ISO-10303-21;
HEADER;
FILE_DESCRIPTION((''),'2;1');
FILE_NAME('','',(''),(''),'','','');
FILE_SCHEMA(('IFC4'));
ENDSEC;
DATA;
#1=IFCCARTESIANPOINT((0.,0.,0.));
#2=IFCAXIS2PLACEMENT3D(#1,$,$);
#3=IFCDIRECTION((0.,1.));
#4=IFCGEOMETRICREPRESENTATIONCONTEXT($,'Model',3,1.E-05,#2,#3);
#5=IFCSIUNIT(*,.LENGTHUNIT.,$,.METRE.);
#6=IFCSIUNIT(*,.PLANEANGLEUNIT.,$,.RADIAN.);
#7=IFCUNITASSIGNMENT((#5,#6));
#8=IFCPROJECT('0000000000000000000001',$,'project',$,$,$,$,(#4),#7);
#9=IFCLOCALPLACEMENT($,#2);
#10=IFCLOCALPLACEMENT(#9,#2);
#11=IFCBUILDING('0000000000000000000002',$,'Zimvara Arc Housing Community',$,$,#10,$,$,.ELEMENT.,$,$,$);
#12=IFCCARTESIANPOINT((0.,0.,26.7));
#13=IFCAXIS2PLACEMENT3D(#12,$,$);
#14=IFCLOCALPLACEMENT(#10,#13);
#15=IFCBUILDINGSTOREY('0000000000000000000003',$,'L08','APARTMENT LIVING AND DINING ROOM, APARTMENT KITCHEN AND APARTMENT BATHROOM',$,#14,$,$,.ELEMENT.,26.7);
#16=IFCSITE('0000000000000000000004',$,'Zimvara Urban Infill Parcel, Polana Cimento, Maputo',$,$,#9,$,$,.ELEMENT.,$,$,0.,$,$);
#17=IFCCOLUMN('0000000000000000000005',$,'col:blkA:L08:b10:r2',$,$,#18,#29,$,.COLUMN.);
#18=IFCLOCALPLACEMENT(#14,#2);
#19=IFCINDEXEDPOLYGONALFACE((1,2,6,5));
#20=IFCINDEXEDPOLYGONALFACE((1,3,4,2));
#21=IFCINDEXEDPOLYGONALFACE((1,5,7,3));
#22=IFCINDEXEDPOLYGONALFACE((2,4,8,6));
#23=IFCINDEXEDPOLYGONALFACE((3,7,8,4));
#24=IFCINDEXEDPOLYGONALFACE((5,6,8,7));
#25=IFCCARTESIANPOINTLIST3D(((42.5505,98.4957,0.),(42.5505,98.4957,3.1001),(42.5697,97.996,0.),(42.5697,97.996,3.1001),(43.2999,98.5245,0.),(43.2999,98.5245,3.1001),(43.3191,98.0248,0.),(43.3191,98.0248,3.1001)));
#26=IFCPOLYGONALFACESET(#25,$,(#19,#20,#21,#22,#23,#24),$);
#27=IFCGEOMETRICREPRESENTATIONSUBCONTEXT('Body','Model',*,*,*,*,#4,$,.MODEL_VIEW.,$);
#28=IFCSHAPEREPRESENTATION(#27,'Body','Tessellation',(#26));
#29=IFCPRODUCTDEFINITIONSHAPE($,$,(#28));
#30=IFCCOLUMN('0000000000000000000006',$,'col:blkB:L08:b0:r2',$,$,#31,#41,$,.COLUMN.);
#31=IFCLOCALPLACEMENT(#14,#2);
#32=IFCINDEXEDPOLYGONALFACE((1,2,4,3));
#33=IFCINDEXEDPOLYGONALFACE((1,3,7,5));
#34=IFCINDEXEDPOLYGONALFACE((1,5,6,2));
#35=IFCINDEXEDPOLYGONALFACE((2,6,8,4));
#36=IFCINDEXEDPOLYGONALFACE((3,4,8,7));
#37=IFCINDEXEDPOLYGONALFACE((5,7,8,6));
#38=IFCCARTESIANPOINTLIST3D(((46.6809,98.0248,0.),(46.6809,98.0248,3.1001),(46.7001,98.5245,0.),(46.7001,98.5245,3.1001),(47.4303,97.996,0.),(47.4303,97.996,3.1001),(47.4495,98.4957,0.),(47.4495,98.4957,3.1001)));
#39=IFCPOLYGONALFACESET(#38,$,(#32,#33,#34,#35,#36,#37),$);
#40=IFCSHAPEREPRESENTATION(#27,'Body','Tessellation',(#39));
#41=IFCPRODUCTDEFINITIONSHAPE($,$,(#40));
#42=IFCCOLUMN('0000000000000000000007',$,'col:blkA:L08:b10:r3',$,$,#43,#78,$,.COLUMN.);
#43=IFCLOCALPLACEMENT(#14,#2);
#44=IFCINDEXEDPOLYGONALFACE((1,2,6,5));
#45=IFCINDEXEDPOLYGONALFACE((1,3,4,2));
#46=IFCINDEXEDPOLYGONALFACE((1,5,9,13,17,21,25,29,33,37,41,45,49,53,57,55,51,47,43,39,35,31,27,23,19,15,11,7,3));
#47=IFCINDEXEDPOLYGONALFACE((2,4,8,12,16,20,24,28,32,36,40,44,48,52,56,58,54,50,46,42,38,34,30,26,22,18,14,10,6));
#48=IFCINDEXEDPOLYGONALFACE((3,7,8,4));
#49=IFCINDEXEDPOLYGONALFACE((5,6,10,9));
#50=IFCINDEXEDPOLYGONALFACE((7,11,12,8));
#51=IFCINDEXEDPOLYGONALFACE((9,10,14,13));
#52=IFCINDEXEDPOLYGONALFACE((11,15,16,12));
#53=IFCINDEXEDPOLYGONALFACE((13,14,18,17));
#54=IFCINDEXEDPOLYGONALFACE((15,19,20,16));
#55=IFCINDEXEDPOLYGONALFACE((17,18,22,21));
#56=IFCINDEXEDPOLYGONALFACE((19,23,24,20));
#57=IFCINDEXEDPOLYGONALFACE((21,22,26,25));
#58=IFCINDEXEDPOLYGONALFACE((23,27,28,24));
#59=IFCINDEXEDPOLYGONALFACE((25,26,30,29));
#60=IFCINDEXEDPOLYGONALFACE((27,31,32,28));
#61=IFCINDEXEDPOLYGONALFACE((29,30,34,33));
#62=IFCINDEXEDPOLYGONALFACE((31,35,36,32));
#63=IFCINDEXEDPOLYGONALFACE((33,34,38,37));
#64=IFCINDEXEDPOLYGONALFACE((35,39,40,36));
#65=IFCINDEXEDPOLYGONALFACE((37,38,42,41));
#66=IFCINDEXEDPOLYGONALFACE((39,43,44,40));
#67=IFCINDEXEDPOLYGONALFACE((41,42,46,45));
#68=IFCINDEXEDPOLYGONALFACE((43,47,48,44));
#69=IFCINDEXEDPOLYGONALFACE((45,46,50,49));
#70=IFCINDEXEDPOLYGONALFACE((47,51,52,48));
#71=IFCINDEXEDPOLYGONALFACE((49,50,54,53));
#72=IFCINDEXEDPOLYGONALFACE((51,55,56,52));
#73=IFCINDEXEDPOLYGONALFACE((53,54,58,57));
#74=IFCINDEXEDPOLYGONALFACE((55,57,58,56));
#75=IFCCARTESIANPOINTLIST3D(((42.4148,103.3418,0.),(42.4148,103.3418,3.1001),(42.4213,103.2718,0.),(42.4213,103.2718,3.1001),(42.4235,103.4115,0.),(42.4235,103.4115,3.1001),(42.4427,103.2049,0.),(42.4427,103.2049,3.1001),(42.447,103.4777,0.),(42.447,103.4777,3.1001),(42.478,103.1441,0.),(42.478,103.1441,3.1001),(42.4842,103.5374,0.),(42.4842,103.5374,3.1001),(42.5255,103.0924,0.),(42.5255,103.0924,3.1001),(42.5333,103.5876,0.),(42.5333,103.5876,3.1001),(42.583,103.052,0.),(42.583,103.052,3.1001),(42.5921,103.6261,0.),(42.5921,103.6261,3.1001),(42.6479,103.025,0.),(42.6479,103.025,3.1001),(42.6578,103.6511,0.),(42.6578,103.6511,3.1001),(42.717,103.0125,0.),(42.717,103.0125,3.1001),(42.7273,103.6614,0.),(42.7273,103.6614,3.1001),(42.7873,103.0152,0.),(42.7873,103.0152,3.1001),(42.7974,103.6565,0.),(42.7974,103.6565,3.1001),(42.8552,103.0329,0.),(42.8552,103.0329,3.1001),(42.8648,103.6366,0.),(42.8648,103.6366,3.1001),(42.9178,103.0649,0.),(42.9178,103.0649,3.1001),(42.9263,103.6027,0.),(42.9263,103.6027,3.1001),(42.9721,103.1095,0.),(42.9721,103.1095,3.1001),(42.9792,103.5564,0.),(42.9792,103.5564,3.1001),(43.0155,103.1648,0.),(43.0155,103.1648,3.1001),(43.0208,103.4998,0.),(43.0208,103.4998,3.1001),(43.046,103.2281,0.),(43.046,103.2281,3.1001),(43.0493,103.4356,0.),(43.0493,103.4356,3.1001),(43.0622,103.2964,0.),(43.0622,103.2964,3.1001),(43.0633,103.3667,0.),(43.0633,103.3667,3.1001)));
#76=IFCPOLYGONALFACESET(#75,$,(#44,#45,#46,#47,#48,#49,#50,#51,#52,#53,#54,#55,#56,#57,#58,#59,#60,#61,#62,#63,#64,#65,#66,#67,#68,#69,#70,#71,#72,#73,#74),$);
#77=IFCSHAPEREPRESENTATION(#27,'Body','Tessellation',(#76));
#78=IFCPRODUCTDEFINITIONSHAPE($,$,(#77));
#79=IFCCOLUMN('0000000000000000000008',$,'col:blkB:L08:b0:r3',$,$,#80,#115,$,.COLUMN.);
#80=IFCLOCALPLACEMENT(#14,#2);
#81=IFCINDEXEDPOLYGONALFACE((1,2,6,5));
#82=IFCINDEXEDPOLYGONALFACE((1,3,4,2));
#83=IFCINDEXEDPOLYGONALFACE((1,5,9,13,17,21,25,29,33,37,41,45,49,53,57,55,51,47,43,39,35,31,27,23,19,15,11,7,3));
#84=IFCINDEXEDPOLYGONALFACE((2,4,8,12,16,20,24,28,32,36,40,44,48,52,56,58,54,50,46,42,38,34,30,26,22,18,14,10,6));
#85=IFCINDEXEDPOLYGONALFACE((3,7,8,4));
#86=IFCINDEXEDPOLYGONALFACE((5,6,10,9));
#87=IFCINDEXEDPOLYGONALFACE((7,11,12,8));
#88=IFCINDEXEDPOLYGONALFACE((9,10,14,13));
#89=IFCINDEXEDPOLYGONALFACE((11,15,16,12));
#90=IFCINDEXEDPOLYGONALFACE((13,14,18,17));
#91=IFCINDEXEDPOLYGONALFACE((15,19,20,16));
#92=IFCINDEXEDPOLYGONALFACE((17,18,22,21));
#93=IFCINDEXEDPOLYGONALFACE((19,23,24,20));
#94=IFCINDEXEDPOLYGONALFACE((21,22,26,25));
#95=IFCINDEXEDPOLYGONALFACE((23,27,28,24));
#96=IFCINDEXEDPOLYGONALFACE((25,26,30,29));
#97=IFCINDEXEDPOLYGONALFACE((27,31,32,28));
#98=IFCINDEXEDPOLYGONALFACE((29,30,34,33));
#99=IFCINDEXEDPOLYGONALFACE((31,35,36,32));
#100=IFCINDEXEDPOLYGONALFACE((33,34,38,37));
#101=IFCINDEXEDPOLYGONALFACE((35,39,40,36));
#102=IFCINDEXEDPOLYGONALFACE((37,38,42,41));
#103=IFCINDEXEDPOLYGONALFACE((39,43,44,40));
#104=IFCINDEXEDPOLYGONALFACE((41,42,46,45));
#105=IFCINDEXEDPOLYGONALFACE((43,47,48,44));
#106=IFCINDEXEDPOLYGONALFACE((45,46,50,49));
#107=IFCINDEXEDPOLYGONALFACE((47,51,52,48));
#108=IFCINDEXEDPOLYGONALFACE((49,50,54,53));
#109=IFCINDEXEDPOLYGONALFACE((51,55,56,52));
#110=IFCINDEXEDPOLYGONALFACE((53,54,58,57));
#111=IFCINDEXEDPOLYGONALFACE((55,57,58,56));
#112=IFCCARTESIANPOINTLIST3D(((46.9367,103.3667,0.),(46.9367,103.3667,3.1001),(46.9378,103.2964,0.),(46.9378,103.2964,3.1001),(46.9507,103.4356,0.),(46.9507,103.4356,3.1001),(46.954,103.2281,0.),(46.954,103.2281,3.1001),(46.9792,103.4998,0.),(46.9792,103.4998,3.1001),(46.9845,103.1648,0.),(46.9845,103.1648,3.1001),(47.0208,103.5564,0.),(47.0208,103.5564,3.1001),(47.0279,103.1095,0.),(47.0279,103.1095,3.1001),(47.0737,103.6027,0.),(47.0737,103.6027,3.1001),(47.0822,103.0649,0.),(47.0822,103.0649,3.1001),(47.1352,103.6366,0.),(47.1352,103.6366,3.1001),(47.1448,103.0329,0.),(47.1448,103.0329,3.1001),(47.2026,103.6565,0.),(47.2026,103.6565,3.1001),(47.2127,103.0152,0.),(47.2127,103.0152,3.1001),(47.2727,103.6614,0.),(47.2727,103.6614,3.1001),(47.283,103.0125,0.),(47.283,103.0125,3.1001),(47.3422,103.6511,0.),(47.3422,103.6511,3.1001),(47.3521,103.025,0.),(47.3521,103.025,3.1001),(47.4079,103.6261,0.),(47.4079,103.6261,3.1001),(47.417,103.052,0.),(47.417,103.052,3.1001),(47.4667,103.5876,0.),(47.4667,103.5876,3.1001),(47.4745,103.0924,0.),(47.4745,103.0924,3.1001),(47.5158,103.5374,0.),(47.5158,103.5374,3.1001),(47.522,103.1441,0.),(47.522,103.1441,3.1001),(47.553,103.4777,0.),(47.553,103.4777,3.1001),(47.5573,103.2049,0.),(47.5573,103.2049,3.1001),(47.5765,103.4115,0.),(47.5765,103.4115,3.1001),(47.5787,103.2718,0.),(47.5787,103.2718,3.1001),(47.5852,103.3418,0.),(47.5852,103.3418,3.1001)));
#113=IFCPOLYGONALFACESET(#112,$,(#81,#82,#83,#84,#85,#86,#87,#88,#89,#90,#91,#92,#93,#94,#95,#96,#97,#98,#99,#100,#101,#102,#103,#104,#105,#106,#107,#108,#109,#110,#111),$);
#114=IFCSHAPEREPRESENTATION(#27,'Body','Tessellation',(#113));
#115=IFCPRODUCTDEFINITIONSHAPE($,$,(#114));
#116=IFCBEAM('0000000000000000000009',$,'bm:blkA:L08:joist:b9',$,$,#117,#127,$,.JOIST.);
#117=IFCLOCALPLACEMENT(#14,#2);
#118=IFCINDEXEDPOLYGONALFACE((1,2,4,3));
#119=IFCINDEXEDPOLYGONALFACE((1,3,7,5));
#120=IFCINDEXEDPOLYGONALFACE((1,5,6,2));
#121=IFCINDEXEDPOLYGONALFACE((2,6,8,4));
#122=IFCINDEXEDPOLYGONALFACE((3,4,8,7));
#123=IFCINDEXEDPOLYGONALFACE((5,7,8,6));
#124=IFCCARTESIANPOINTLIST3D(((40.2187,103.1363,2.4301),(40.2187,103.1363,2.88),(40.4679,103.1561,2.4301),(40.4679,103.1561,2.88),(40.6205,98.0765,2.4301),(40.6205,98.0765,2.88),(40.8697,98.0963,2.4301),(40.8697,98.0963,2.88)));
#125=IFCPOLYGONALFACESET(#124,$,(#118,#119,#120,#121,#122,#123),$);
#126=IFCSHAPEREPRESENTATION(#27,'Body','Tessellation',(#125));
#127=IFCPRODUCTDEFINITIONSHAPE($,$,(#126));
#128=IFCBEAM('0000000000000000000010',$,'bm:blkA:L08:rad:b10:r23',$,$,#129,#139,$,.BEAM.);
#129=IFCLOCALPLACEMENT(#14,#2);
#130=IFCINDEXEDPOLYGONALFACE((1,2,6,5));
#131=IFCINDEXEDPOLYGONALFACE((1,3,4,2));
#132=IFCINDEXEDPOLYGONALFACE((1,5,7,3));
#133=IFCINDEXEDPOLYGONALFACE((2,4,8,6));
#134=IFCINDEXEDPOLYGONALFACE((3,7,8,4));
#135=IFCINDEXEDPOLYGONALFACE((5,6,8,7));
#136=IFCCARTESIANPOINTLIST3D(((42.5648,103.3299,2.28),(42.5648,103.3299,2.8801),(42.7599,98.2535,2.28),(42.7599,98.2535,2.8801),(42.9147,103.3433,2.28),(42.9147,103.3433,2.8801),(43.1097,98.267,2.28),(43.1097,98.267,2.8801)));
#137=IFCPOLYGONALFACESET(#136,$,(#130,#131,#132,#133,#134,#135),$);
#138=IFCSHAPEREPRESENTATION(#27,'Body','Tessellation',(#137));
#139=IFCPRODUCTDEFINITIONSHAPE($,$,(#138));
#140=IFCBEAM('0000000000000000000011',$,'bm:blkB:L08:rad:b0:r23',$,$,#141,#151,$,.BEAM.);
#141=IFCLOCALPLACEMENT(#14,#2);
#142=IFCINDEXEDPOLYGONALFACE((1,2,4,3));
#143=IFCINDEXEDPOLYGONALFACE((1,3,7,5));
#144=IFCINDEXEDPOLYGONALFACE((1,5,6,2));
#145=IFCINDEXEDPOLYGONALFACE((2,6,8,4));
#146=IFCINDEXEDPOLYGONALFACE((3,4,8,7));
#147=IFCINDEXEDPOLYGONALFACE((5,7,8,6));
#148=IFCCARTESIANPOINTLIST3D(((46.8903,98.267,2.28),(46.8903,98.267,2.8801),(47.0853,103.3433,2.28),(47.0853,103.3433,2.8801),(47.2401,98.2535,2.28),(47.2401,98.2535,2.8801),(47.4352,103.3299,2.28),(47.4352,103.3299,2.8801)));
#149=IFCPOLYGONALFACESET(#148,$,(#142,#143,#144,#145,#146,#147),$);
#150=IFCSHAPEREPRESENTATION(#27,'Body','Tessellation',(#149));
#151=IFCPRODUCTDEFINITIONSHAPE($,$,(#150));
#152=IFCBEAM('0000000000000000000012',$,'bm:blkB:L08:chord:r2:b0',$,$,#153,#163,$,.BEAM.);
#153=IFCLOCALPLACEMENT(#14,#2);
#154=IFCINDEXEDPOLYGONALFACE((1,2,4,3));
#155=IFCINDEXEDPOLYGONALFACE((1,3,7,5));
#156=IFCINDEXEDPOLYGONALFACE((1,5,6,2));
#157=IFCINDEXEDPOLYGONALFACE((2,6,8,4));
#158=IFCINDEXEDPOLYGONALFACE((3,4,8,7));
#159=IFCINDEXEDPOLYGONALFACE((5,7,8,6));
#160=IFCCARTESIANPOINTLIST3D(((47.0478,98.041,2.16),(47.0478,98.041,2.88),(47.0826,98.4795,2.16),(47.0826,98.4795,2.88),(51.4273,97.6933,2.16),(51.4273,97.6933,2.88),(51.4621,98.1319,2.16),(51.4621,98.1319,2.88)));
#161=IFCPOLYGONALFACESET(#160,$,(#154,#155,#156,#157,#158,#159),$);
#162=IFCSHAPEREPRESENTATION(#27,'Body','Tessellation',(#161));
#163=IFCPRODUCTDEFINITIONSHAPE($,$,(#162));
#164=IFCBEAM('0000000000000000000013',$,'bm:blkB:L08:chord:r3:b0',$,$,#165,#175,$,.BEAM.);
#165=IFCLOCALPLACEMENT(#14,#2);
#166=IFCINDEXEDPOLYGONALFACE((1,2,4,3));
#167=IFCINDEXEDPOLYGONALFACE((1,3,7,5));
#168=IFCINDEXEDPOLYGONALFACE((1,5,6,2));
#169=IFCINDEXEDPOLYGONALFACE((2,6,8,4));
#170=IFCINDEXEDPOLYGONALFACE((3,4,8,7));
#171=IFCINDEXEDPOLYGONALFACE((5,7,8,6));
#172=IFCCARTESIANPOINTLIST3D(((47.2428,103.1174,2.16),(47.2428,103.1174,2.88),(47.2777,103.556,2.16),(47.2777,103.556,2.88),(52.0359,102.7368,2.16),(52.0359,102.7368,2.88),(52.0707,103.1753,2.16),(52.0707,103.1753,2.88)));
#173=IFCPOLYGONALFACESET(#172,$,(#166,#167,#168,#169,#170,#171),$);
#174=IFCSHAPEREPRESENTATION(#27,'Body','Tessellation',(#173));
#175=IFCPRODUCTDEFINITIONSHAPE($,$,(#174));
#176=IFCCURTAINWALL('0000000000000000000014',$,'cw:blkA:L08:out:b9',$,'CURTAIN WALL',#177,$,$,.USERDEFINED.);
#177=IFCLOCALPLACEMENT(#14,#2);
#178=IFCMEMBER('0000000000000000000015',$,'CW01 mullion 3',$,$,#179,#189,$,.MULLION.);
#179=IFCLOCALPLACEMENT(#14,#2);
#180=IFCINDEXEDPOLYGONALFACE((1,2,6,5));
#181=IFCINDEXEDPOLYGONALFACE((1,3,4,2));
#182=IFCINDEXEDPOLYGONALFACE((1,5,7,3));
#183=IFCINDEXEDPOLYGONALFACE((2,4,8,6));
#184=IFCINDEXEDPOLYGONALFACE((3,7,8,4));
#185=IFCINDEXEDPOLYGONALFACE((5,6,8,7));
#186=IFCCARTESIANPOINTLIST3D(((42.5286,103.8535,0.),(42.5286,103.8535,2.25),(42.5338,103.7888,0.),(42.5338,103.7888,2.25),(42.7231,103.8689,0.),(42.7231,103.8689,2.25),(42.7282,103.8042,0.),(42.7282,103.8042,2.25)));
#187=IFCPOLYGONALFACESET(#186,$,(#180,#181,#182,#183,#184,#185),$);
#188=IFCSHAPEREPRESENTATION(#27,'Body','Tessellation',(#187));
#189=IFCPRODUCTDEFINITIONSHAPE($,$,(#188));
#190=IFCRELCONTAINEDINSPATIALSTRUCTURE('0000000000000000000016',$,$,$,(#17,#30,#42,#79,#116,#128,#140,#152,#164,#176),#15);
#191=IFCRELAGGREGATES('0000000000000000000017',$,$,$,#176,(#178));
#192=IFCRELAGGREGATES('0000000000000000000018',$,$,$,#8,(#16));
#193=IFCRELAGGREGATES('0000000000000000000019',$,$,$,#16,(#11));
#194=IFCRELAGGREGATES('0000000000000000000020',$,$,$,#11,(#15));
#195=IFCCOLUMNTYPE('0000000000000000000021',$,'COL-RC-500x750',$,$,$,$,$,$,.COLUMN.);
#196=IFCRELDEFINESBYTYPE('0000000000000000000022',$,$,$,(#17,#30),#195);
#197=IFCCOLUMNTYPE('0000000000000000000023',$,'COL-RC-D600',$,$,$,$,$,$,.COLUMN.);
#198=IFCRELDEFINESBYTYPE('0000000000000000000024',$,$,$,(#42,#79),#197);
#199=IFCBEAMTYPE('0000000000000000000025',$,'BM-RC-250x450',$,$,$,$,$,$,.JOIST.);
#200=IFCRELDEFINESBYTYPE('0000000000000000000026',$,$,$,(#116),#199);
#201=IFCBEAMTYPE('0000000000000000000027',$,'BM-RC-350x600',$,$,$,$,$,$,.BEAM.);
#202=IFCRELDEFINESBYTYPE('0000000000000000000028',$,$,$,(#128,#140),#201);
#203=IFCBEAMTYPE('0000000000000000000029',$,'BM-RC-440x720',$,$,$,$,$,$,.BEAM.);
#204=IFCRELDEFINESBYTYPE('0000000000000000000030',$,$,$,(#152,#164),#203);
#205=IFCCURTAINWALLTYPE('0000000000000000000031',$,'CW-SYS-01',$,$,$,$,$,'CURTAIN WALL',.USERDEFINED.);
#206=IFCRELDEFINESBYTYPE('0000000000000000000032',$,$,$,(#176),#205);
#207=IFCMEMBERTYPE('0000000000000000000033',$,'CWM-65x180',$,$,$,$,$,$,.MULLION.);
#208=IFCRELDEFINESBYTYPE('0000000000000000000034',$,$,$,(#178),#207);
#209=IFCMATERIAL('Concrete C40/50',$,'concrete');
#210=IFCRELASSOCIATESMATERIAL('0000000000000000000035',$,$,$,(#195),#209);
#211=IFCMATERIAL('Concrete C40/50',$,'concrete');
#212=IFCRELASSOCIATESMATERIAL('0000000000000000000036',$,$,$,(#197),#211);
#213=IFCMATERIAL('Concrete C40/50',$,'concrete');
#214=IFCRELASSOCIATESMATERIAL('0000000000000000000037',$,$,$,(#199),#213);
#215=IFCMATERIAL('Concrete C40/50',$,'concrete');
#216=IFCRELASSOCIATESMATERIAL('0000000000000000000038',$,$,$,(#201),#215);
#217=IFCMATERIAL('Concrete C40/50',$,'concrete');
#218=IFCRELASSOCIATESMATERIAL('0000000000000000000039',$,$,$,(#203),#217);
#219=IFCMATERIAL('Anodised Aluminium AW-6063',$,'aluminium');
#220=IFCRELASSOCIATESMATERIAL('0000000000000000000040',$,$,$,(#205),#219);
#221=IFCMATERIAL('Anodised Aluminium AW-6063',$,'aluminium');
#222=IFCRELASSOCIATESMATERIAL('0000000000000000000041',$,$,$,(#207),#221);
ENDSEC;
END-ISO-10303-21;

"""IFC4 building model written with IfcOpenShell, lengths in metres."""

from ifc_helpers import new_model, si_unit, direction, frame, origin, origin_2d, place, context, subcontext, project, spatial, rectangle, circle, extrude, material, material_profile, profile_set, type_object, element, aggregate, save


model = new_model("IFC4")

# Units and contexts
model_context = context("Model", 3, precision=1e-05, world=origin(), true_north=direction((0.0, 1.0)))
body_context = subcontext(model_context, "Body", "Model", "MODEL_VIEW")
ifc_project = project(units=[si_unit("LENGTHUNIT", "METRE"), si_unit("PLANEANGLEUNIT", "RADIAN")], contexts=[model_context])

# Site, building, storey
site_placement = place(None, origin())
site = spatial("IfcSite", under=ifc_project, at=site_placement, Name="Zimvara Urban Infill Parcel, Polana Cimento, Maputo", CompositionType="ELEMENT", RefElevation=0.0)
building_placement = place(site_placement, origin())
building = spatial("IfcBuilding", under=site, at=building_placement, Name="Zimvara Arc Housing Community", CompositionType="ELEMENT")
storey_placement = place(building_placement, frame((0.0, 0.0, 26.7)))
storey = spatial("IfcBuildingStorey", under=building, at=storey_placement, Name="L08", Description="APARTMENT LIVING AND DINING ROOM, APARTMENT KITCHEN AND APARTMENT BATHROOM", CompositionType="ELEMENT", Elevation=26.7)

# Columns
ifc_material_1 = material(Name="Concrete C40/50", Category="concrete")
ifc_material_profile_1 = material_profile(ifc_material_1, rectangle(XDim=0.5, YDim=0.75, at=origin_2d()), Name="RC 500x750")
ifc_profile_set_1 = profile_set([ifc_material_profile_1], Name="Concrete C40/50")
column_type_1 = type_object("IfcColumnType", Name="COL-RC-500x750", PredefinedType="COLUMN", material=ifc_profile_set_1)
for number, where, z_axis, x_axis, name in (
    (1, (42.9348, 98.2603, 0.0), (0.0, 0.0, 1.0), (-0.038388, 0.999263, 0.0), "col:blkA:L08:b10:r2"),
    (2, (47.0652, 98.2603, 0.0), (0.0, 0.0, 1.0), (0.038388, 0.999263, 0.0), "col:blkB:L08:b0:r2"),
):
    element("IfcColumn", number, at=place(storey_placement, frame(where, z_axis=z_axis, x_axis=x_axis)), inside=storey, type_object=column_type_1, Name=name, PredefinedType="COLUMN", context=body_context, shape_type="SweptSolid", body=[
        extrude(rectangle(XDim=0.5, YDim=0.75, at=origin_2d()), origin(), (0.0, 0.0, 1.0), 3.1001),
    ])
ifc_material_2 = material(Name="Concrete C40/50", Category="concrete")
ifc_material_profile_2 = material_profile(ifc_material_2, circle(Radius=0.325, at=origin_2d()), Name="RC D650")
ifc_profile_set_2 = profile_set([ifc_material_profile_2], Name="Concrete C40/50")
column_type_2 = type_object("IfcColumnType", Name="COL-RC-D600", PredefinedType="COLUMN", material=ifc_profile_set_2)
for number, where, z_axis, x_axis, name in (
    (3, (42.7397, 103.3367, 0.0), (0.0, 0.0, 1.0), (-0.038388, 0.999263, 0.0), "col:blkA:L08:b10:r3"),
    (4, (47.2603, 103.3367, 0.0), (0.0, 0.0, 1.0), (0.038388, 0.999263, 0.0), "col:blkB:L08:b0:r3"),
):
    element("IfcColumn", number, at=place(storey_placement, frame(where, z_axis=z_axis, x_axis=x_axis)), inside=storey, type_object=column_type_2, Name=name, PredefinedType="COLUMN", context=body_context, shape_type="SweptSolid", body=[
        extrude(circle(Radius=0.325, at=origin_2d()), origin(), (0.0, 0.0, 1.0), 3.1001),
    ])

# Beams
ifc_material_3 = material(Name="Concrete C40/50", Category="concrete")
ifc_material_profile_3 = material_profile(ifc_material_3, rectangle(XDim=0.25, YDim=0.45, at=origin_2d()), Name="RC 250x450")
ifc_profile_set_3 = profile_set([ifc_material_profile_3], Name="Concrete C40/50")
beam_type_1 = type_object("IfcBeamType", Name="BM-RC-250x450", PredefinedType="JOIST", material=ifc_profile_set_3)
beam_1_placement = place(storey_placement, frame((40.7451, 98.0864, 2.655), z_axis=(-0.079172, 0.996861, 0.0), x_axis=(-0.996861, -0.079172, 0.0)))
element("IfcBeam", 5, at=beam_1_placement, inside=storey, type_object=beam_type_1, Name="bm:blkA:L08:joist:b9", PredefinedType="JOIST", context=body_context, shape_type="SweptSolid", body=[
    extrude(rectangle(XDim=0.25, YDim=0.45, at=origin_2d()), origin(), (0.0, 0.0, 1.0), 5.0757),
])
ifc_material_4 = material(Name="Concrete C40/50", Category="concrete")
ifc_material_profile_4 = material_profile(ifc_material_4, rectangle(XDim=0.3501, YDim=0.6001, at=origin_2d()), Name="RC 350x600")
ifc_profile_set_4 = profile_set([ifc_material_profile_4], Name="Concrete C40/50")
beam_type_2 = type_object("IfcBeamType", Name="BM-RC-350x600", PredefinedType="BEAM", material=ifc_profile_set_4)
for number, where, z_axis, x_axis, name in (
    (6, (42.9348, 98.2603, 2.5801), (-0.038398, 0.999263, 0.0), (-0.999263, -0.038398, 0.0), "bm:blkA:L08:rad:b10:r23"),
    (7, (47.0652, 98.2603, 2.5801), (0.038398, 0.999263, 0.0), (-0.999263, 0.038398, 0.0), "bm:blkB:L08:rad:b0:r23"),
):
    element("IfcBeam", number, at=place(storey_placement, frame(where, z_axis=z_axis, x_axis=x_axis)), inside=storey, type_object=beam_type_2, Name=name, PredefinedType="BEAM", context=body_context, shape_type="SweptSolid", body=[
        extrude(rectangle(XDim=0.3501, YDim=0.6001, at=origin_2d()), origin(), (0.0, 0.0, 1.0), 5.0801),
    ])
ifc_material_5 = material(Name="Concrete C40/50", Category="concrete")
ifc_material_profile_5 = material_profile(ifc_material_5, rectangle(XDim=0.4399, YDim=0.72, at=origin_2d()), Name="RC 440x720")
ifc_profile_set_5 = profile_set([ifc_material_profile_5], Name="Concrete C40/50")
beam_type_3 = type_object("IfcBeamType", Name="BM-RC-440x720", PredefinedType="BEAM", material=ifc_profile_set_5)
beam_2_placement = place(storey_placement, frame((47.0652, 98.2603, 2.52), z_axis=(0.996864, -0.079131, 0.0), x_axis=(0.079131, 0.996864, 0.0)))
element("IfcBeam", 8, at=beam_2_placement, inside=storey, type_object=beam_type_3, Name="bm:blkB:L08:chord:r2:b0", PredefinedType="BEAM", context=body_context, shape_type="SweptSolid", body=[
    extrude(rectangle(XDim=0.4399, YDim=0.72, at=origin_2d()), origin(), (0.0, 0.0, 1.0), 4.3933),
])
beam_3_placement = place(storey_placement, frame((47.2603, 103.3367, 2.52), z_axis=(0.996862, -0.079162, 0.0), x_axis=(0.079162, 0.996862, 0.0)))
element("IfcBeam", 9, at=beam_3_placement, inside=storey, type_object=beam_type_3, Name="bm:blkB:L08:chord:r3:b0", PredefinedType="BEAM", context=body_context, shape_type="SweptSolid", body=[
    extrude(rectangle(XDim=0.4399, YDim=0.72, at=origin_2d()), origin(), (0.0, 0.0, 1.0), 4.8081),
])

# Curtain wall, member
ifc_material_6 = material(Name="Anodised Aluminium AW-6063", Category="aluminium")
curtain_wall_type_1 = type_object("IfcCurtainWallType", Name="CW-SYS-01", ElementType="CURTAIN WALL", PredefinedType="USERDEFINED", material=ifc_material_6)
curtain_wall_1_placement = place(storey_placement, origin())
curtain_wall_1 = element("IfcCurtainWall", 10, at=curtain_wall_1_placement, inside=storey, type_object=curtain_wall_type_1, Name="cw:blkA:L08:out:b9", ObjectType="CURTAIN WALL", PredefinedType="USERDEFINED")
ifc_material_7 = material(Name="Anodised Aluminium AW-6063", Category="aluminium")
ifc_material_profile_6 = material_profile(ifc_material_7, rectangle(XDim=0.0649, YDim=0.1951, at=origin_2d()), Name="ALU 65x195")
ifc_profile_set_6 = profile_set([ifc_material_profile_6], Name="Anodised Aluminium AW-6063")
member_type_1 = type_object("IfcMemberType", Name="CWM-65x180", PredefinedType="MULLION", material=ifc_profile_set_6)
member_1_placement = place(storey_placement, frame((42.6284, 103.8289, 0.0), z_axis=(0.0, 0.0, 1.0), x_axis=(-0.079154, 0.996862, 0.0)))
member_1 = element("IfcMember", 11, at=member_1_placement, type_object=member_type_1, Name="CW01 mullion 3", PredefinedType="MULLION", context=body_context, shape_type="SweptSolid", body=[
    extrude(rectangle(XDim=0.0649, YDim=0.1951, at=origin_2d()), origin(), (0.0, 0.0, 1.0), 2.25),
])

aggregate(curtain_wall_1, [member_1])

save(model, "model.ifc")
